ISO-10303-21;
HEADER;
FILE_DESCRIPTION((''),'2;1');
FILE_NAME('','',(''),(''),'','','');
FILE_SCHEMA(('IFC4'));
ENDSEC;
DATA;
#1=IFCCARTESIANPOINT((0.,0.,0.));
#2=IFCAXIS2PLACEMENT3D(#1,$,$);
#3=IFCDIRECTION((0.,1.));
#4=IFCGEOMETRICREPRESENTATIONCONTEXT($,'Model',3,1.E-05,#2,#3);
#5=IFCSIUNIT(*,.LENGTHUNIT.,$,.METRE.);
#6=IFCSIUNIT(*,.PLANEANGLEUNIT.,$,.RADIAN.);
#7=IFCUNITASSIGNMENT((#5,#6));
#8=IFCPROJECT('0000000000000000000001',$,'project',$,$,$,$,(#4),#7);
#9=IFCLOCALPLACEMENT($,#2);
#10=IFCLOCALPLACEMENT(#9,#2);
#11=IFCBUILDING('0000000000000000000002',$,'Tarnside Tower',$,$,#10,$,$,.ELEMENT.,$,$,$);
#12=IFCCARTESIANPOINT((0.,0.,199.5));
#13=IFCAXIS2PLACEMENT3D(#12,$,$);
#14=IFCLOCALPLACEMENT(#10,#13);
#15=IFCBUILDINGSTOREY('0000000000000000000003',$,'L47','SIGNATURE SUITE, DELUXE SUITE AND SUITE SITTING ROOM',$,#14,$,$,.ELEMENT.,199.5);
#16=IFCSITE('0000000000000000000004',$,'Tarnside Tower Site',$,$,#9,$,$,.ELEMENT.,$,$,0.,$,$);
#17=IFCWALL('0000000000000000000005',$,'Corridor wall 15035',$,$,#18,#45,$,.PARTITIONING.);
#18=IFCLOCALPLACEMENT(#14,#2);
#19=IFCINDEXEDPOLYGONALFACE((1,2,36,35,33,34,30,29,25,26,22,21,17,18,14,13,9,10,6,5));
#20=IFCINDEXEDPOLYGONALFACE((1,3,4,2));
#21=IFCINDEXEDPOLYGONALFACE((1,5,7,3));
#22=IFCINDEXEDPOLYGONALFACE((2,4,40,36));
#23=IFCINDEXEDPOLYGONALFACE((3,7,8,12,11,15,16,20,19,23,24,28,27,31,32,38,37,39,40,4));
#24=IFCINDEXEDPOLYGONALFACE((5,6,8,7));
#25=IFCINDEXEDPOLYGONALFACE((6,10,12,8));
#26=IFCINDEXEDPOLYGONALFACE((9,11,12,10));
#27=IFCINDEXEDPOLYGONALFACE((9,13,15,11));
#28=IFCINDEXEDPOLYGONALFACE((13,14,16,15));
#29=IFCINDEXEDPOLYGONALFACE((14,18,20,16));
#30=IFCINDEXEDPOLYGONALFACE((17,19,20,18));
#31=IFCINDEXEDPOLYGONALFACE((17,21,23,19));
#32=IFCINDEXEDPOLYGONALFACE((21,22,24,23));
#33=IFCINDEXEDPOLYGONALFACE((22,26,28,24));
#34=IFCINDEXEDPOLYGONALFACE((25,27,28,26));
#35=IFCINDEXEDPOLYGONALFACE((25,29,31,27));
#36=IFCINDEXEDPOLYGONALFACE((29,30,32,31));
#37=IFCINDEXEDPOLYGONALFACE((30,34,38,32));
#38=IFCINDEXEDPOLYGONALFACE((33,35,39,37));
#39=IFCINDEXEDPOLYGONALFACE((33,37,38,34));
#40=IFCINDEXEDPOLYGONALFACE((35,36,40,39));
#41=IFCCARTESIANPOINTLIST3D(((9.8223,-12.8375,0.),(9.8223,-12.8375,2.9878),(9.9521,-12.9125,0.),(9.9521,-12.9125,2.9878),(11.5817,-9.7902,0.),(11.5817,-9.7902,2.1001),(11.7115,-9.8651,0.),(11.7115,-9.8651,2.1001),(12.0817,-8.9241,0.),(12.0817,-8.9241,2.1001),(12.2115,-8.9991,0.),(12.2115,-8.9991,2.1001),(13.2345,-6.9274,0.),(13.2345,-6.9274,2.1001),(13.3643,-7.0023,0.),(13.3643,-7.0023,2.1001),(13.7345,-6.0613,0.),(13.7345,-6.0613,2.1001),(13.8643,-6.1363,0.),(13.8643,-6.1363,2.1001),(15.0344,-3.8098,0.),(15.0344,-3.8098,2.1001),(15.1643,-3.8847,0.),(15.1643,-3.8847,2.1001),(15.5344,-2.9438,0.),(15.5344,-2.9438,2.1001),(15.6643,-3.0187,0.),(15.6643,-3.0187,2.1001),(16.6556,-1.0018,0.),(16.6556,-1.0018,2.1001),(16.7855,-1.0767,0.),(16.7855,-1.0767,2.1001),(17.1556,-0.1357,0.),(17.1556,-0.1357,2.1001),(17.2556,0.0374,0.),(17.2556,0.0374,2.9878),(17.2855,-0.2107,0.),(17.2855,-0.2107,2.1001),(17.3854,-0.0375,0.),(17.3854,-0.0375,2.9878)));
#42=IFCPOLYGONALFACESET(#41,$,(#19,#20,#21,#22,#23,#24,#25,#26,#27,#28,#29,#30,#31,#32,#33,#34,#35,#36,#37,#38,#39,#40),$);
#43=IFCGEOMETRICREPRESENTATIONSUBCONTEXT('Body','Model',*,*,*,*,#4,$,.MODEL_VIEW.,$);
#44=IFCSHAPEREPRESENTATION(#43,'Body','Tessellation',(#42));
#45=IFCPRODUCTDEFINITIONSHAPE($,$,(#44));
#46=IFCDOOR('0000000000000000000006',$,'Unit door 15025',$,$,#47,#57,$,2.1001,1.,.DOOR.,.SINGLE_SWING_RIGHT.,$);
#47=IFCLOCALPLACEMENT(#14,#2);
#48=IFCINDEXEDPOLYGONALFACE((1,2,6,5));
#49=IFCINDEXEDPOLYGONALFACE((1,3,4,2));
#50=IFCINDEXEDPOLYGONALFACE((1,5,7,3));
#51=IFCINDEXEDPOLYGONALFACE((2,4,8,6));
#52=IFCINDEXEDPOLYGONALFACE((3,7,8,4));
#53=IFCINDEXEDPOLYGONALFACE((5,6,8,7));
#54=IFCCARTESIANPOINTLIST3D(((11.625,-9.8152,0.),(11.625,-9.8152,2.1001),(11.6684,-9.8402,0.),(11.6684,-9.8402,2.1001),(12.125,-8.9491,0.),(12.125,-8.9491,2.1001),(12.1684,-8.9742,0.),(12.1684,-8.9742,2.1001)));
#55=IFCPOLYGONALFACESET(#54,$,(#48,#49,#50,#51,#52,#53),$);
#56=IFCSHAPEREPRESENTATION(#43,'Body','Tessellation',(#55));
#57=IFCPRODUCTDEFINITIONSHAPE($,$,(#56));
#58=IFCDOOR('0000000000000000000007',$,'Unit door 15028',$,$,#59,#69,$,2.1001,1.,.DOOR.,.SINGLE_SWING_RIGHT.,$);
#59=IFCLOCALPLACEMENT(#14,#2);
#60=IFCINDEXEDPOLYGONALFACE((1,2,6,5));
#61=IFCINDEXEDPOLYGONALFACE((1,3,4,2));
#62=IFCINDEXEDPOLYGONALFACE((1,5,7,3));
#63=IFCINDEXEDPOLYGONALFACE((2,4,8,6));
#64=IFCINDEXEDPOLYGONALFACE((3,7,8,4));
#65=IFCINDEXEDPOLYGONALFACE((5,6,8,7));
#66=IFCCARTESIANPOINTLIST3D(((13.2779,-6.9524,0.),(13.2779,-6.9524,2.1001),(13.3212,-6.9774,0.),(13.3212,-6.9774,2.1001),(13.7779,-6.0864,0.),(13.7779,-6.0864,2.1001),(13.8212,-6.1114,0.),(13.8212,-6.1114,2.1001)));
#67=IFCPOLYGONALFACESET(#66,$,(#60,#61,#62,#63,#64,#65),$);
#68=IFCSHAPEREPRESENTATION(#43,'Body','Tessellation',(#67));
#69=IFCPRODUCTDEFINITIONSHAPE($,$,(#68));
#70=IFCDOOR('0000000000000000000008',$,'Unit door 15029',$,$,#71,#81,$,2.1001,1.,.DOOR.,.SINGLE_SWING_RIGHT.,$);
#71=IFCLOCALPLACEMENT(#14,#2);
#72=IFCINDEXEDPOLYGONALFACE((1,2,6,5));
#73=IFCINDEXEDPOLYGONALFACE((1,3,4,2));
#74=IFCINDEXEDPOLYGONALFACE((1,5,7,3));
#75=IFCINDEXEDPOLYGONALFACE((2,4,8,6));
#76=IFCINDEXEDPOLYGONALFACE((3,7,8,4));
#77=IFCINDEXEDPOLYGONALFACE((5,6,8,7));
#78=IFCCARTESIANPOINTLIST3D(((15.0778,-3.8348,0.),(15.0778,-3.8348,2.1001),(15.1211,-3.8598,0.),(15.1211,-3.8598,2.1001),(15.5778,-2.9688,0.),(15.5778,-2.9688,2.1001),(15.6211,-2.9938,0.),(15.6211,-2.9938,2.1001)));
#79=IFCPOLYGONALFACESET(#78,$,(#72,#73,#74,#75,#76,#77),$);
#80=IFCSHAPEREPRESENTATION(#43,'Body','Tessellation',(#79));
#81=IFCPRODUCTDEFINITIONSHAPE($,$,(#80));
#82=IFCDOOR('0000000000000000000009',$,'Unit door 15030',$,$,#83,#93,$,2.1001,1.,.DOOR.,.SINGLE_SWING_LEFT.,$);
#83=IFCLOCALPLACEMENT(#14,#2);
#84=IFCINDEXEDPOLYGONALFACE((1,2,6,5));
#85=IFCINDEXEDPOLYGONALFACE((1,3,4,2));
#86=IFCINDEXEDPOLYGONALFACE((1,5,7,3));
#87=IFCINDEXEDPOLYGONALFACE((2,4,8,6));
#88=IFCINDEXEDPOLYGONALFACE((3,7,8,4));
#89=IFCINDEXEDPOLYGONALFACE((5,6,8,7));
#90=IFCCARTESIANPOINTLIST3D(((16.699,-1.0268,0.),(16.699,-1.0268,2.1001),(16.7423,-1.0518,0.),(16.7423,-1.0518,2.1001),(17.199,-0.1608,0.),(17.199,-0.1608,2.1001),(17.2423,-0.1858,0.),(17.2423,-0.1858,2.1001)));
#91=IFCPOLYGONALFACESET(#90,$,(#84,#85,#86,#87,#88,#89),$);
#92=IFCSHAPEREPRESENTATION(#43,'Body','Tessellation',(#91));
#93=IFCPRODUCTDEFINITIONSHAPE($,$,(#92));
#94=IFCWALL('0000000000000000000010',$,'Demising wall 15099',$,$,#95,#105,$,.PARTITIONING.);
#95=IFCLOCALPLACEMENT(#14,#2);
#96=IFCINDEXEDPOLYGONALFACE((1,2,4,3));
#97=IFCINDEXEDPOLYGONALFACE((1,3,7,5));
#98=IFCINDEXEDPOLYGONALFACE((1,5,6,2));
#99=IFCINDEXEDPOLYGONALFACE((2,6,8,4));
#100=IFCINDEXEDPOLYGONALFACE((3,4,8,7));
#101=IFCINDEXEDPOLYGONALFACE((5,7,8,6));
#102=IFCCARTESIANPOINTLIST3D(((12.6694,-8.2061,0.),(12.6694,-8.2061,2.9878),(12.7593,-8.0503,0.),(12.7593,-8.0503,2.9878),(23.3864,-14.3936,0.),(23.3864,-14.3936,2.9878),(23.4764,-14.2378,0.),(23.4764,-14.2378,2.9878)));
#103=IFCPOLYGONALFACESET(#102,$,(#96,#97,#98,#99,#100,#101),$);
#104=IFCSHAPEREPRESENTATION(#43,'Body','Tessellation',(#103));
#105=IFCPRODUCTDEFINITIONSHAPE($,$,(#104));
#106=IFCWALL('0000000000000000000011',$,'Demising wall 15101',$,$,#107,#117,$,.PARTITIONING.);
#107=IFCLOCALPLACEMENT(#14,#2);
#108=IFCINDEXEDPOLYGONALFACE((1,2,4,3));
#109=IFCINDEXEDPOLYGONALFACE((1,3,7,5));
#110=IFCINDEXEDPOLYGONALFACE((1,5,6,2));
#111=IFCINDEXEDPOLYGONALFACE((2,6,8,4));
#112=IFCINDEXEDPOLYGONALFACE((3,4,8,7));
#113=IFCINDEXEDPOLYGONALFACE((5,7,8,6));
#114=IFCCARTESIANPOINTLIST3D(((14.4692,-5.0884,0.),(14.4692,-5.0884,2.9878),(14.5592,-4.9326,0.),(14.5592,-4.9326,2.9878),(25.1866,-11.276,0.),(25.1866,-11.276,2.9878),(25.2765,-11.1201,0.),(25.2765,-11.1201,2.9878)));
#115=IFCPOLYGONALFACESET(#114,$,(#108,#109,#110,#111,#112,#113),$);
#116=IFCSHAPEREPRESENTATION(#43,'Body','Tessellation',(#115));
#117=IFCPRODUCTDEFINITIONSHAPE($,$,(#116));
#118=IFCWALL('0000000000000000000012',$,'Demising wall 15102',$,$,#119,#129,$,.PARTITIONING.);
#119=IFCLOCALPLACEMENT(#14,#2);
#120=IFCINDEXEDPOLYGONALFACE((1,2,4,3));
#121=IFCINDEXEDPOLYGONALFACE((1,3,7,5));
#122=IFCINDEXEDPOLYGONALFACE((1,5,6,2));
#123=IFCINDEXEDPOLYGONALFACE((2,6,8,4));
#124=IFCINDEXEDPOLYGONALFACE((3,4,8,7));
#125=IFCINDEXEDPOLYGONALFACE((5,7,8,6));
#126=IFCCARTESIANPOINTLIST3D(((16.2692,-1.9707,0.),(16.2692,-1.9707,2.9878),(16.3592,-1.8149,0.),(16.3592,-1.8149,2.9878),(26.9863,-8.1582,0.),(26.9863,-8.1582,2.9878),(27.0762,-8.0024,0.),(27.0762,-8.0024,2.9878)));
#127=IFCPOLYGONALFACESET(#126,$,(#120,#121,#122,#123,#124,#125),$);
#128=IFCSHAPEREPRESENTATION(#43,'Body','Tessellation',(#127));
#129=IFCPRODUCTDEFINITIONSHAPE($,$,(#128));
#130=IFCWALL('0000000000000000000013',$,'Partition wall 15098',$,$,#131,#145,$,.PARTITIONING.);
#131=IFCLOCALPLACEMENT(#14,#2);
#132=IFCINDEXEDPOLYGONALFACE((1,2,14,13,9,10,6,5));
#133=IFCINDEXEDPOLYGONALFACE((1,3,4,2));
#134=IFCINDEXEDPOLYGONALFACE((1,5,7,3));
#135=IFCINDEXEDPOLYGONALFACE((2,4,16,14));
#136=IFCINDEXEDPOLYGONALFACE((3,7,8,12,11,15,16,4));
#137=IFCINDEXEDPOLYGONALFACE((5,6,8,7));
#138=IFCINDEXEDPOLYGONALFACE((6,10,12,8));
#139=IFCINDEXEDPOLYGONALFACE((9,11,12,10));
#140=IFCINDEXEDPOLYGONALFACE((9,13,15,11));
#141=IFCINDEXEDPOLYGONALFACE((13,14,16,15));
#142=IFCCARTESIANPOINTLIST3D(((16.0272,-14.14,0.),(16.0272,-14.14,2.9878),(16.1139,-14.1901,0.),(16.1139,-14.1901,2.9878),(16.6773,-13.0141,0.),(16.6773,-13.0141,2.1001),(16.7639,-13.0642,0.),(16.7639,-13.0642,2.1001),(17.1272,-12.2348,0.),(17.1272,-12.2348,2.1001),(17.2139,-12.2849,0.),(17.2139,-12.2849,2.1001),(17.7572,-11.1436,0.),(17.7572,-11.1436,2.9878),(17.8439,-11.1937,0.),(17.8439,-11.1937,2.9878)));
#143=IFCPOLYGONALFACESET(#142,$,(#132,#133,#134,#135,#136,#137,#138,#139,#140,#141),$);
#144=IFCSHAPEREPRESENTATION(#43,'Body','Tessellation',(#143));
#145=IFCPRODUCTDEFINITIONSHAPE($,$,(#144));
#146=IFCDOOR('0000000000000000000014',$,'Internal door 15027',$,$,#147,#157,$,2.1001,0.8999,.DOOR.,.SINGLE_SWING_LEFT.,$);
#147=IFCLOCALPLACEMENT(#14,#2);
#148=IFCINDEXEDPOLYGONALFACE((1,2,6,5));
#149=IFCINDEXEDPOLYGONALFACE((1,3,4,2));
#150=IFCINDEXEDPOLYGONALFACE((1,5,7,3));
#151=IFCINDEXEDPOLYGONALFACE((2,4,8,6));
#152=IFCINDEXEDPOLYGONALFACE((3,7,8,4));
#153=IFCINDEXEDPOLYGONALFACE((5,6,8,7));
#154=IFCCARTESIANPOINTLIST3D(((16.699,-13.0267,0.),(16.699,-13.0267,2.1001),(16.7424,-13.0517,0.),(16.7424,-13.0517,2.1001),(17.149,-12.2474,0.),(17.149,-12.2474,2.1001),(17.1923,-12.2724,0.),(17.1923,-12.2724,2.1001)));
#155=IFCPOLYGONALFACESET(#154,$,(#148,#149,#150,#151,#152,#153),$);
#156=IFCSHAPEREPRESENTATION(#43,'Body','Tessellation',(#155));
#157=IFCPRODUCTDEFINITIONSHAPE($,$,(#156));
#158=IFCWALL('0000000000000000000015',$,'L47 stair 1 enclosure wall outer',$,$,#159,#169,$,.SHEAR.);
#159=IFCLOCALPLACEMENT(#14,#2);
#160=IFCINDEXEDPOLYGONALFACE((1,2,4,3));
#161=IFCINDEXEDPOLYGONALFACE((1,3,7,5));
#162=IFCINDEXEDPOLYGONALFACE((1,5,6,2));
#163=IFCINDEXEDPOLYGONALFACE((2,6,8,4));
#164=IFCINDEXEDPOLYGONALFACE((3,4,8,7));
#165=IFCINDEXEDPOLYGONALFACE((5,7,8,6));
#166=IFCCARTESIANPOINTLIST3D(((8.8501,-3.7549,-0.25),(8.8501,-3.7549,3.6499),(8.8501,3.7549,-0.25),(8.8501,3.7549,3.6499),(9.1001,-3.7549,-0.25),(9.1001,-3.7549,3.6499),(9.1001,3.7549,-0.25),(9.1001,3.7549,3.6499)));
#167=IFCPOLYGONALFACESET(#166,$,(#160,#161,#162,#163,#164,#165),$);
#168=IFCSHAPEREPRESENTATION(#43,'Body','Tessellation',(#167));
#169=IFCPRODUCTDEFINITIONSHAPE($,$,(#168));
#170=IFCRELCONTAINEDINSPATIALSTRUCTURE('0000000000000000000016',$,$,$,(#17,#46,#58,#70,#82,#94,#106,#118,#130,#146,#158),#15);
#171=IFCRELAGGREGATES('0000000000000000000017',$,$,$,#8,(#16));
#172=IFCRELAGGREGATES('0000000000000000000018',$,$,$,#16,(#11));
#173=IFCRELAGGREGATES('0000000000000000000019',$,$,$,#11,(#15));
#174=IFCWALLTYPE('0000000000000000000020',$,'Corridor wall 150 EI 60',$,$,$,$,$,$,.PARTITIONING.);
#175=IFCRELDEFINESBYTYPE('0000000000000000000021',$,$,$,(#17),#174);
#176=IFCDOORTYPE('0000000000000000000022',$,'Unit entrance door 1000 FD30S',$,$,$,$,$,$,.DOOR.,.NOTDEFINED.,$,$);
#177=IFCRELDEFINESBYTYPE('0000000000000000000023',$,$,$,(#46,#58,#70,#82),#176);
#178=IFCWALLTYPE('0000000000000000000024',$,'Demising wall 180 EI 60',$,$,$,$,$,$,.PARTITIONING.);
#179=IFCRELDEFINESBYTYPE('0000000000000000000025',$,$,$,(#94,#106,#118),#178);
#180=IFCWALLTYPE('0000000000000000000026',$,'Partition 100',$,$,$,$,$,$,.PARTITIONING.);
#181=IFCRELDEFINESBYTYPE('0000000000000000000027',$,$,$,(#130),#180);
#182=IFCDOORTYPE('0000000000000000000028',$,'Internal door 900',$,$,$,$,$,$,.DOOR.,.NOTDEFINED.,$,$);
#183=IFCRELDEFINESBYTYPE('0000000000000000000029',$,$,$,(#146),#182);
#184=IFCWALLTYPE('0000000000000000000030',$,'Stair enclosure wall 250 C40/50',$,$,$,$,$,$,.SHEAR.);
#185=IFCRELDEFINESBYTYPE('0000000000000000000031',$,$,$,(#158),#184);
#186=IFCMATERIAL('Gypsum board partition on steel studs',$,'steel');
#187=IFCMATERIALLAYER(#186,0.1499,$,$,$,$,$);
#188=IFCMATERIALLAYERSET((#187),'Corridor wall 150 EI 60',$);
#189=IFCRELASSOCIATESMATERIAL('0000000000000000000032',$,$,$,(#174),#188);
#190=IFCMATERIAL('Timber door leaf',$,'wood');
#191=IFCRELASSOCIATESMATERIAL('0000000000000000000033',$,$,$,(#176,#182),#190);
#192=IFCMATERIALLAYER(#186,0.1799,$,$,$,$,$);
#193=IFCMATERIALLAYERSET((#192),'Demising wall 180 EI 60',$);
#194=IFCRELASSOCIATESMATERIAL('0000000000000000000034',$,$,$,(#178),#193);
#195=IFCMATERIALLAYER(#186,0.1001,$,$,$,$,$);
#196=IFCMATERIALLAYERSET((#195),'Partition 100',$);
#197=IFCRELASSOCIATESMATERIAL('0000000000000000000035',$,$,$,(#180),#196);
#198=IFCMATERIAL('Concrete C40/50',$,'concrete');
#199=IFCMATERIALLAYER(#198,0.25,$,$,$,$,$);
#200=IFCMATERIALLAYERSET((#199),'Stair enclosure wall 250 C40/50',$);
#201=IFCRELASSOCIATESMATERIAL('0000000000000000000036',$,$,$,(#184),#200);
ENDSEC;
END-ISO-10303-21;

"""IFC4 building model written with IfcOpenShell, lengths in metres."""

from ifc_helpers import new_model, si_unit, direction, frame, frame_2d, origin, place, context, subcontext, project, spatial, rectangle, extrude, material, layer, layer_set, type_object, element, fill, save


model = new_model("IFC4")

# Units and contexts
model_context = context("Model", 3, precision=1e-05, world=origin(), true_north=direction((0.0, 1.0)))
body_context = subcontext(model_context, "Body", "Model", "MODEL_VIEW")
ifc_project = project(units=[si_unit("LENGTHUNIT", "METRE"), si_unit("PLANEANGLEUNIT", "RADIAN")], contexts=[model_context])

# Site, building, storey
site_placement = place(None, origin())
site = spatial("IfcSite", under=ifc_project, at=site_placement, Name="Tarnside Tower Site", CompositionType="ELEMENT", RefElevation=0.0)
building_placement = place(site_placement, origin())
building = spatial("IfcBuilding", under=site, at=building_placement, Name="Tarnside Tower", CompositionType="ELEMENT")
storey_placement = place(building_placement, frame((0.0, 0.0, 199.5)))
storey = spatial("IfcBuildingStorey", under=building, at=storey_placement, Name="L47", Description="SIGNATURE SUITE, DELUXE SUITE AND SUITE SITTING ROOM", CompositionType="ELEMENT", Elevation=199.5)

# Shared definitions
ifc_material_1 = material(Name="Gypsum board partition on steel studs", Category="steel")
ifc_material_2 = material(Name="Timber door leaf", Category="wood")

# Wall, openings, doors
ifc_layer_1 = layer(ifc_material_1, 0.1499)
ifc_layer_set_1 = layer_set([ifc_layer_1], Name="Corridor wall 150 EI 60")
wall_type_1 = type_object("IfcWallType", Name="Corridor wall 150 EI 60", PredefinedType="PARTITIONING", material=ifc_layer_set_1)
wall_1_placement = place(storey_placement, frame((9.8872, -12.875, 0.0), z_axis=(0.0, 0.0, 1.0), x_axis=(0.499998, 0.866026, 0.0)))
wall_1 = element("IfcWall", 1, at=wall_1_placement, inside=storey, type_object=wall_type_1, Name="Corridor wall 15035", PredefinedType="PARTITIONING", context=body_context, shape_type="SweptSolid", body=[
    extrude(rectangle(XDim=14.8667, YDim=0.1499, at=frame_2d((7.4333, 0.0))), origin(), (0.0, 0.0, 1.0), 2.9878),
])
opening_1_placement = place(wall_1_placement, frame((3.5188, 0.0, 0.0)))
opening_1 = element("IfcOpeningElement", 2, at=opening_1_placement, cuts=wall_1, PredefinedType="OPENING", context=body_context, shape_type="SweptSolid", body=[
    extrude(rectangle(XDim=1.0, YDim=2.1001, at=frame_2d((0.5, 1.05))), frame((0.0, 0.085, 0.0), z_axis=(0.0, -1.0, 0.0), x_axis=(1.0, 0.0, 0.0)), (0.0, 0.0, 1.0), 0.1699),
])
opening_2_placement = place(wall_1_placement, frame((6.8245, 0.0, 0.0)))
opening_2 = element("IfcOpeningElement", 3, at=opening_2_placement, cuts=wall_1, PredefinedType="OPENING", context=body_context, shape_type="SweptSolid", body=[
    extrude(rectangle(XDim=1.0, YDim=2.1001, at=frame_2d((0.5, 1.05))), frame((0.0, 0.085, 0.0), z_axis=(0.0, -1.0, 0.0), x_axis=(1.0, 0.0, 0.0)), (0.0, 0.0, 1.0), 0.1699),
])
opening_3_placement = place(wall_1_placement, frame((10.4243, 0.0, 0.0)))
opening_3 = element("IfcOpeningElement", 4, at=opening_3_placement, cuts=wall_1, PredefinedType="OPENING", context=body_context, shape_type="SweptSolid", body=[
    extrude(rectangle(XDim=1.0, YDim=2.1001, at=frame_2d((0.5, 1.05))), frame((0.0, 0.085, 0.0), z_axis=(0.0, -1.0, 0.0), x_axis=(1.0, 0.0, 0.0)), (0.0, 0.0, 1.0), 0.1699),
])
opening_4_placement = place(wall_1_placement, frame((13.6667, 0.0, 0.0)))
opening_4 = element("IfcOpeningElement", 5, at=opening_4_placement, cuts=wall_1, PredefinedType="OPENING", context=body_context, shape_type="SweptSolid", body=[
    extrude(rectangle(XDim=1.0, YDim=2.1001, at=frame_2d((0.5, 1.05))), frame((0.0, 0.085, 0.0), z_axis=(0.0, -1.0, 0.0), x_axis=(1.0, 0.0, 0.0)), (0.0, 0.0, 1.0), 0.1699),
])
door_type_1 = type_object("IfcDoorType", Name="Unit entrance door 1000 FD30S", OperationType="NOTDEFINED", PredefinedType="DOOR", material=ifc_material_2)
door_1_placement = place(opening_1_placement, origin())
door_1 = element("IfcDoor", 6, at=door_1_placement, inside=storey, type_object=door_type_1, Name="Unit door 15025", OperationType="SINGLE_SWING_RIGHT", OverallHeight=2.1001, OverallWidth=1.0, PredefinedType="DOOR", context=body_context, shape_type="SweptSolid", body=[
    extrude(rectangle(XDim=1.0, YDim=2.1001, at=frame_2d((0.5, 1.05))), frame((0.0, 0.0249, 0.0), z_axis=(0.0, -1.0, 0.0), x_axis=(1.0, 0.0, 0.0)), (0.0, 0.0, 1.0), 0.05),
])
fill(opening_1, door_1)
door_2_placement = place(opening_2_placement, origin())
door_2 = element("IfcDoor", 7, at=door_2_placement, inside=storey, type_object=door_type_1, Name="Unit door 15028", OperationType="SINGLE_SWING_RIGHT", OverallHeight=2.1001, OverallWidth=1.0, PredefinedType="DOOR", context=body_context, shape_type="SweptSolid", body=[
    extrude(rectangle(XDim=1.0, YDim=2.1001, at=frame_2d((0.5, 1.05))), frame((0.0, 0.0249, 0.0), z_axis=(0.0, -1.0, 0.0), x_axis=(1.0, 0.0, 0.0)), (0.0, 0.0, 1.0), 0.05),
])
fill(opening_2, door_2)
door_3_placement = place(opening_3_placement, origin())
door_3 = element("IfcDoor", 8, at=door_3_placement, inside=storey, type_object=door_type_1, Name="Unit door 15029", OperationType="SINGLE_SWING_RIGHT", OverallHeight=2.1001, OverallWidth=1.0, PredefinedType="DOOR", context=body_context, shape_type="SweptSolid", body=[
    extrude(rectangle(XDim=1.0, YDim=2.1001, at=frame_2d((0.5, 1.05))), frame((0.0, 0.0249, 0.0), z_axis=(0.0, -1.0, 0.0), x_axis=(1.0, 0.0, 0.0)), (0.0, 0.0, 1.0), 0.05),
])
fill(opening_3, door_3)
door_4_placement = place(opening_4_placement, origin())
door_4 = element("IfcDoor", 9, at=door_4_placement, inside=storey, type_object=door_type_1, Name="Unit door 15030", OperationType="SINGLE_SWING_LEFT", OverallHeight=2.1001, OverallWidth=1.0, PredefinedType="DOOR", context=body_context, shape_type="SweptSolid", body=[
    extrude(rectangle(XDim=1.0, YDim=2.1001, at=frame_2d((0.5, 1.05))), frame((0.0, 0.0249, 0.0), z_axis=(0.0, -1.0, 0.0), x_axis=(1.0, 0.0, 0.0)), (0.0, 0.0, 1.0), 0.05),
])
fill(opening_4, door_4)

# Walls
ifc_layer_2 = layer(ifc_material_1, 0.1799)
ifc_layer_set_2 = layer_set([ifc_layer_2], Name="Demising wall 180 EI 60")
wall_type_2 = type_object("IfcWallType", Name="Demising wall 180 EI 60", PredefinedType="PARTITIONING", material=ifc_layer_set_2)
wall_2_placement = place(storey_placement, frame((23.4314, -14.3157, 0.0), z_axis=(0.0, 0.0, 1.0), x_axis=(-0.866025, 0.500001, 0.0)))
element("IfcWall", 10, at=wall_2_placement, inside=storey, type_object=wall_type_2, Name="Demising wall 15099", PredefinedType="PARTITIONING", context=body_context, shape_type="SweptSolid", body=[
    extrude(rectangle(XDim=12.375, YDim=0.1799, at=frame_2d((6.1875, 0.0))), origin(), (0.0, 0.0, 1.0), 2.9878),
])
wall_3_placement = place(storey_placement, frame((25.2314, -11.198, 0.0), z_axis=(0.0, 0.0, 1.0), x_axis=(-0.86603, 0.499992, 0.0)))
element("IfcWall", 11, at=wall_3_placement, inside=storey, type_object=wall_type_2, Name="Demising wall 15101", PredefinedType="PARTITIONING", context=body_context, shape_type="SweptSolid", body=[
    extrude(rectangle(XDim=12.3752, YDim=0.1799, at=frame_2d((6.1875, 0.0))), origin(), (0.0, 0.0, 1.0), 2.9878),
])
wall_4_placement = place(storey_placement, frame((27.0312, -8.0803, 0.0), z_axis=(0.0, 0.0, 1.0), x_axis=(-0.866025, 0.500001, 0.0)))
element("IfcWall", 12, at=wall_4_placement, inside=storey, type_object=wall_type_2, Name="Demising wall 15102", PredefinedType="PARTITIONING", context=body_context, shape_type="SweptSolid", body=[
    extrude(rectangle(XDim=12.375, YDim=0.1799, at=frame_2d((6.1875, 0.0))), origin(), (0.0, 0.0, 1.0), 2.9878),
])

# Wall, opening, door
ifc_layer_3 = layer(ifc_material_1, 0.1001)
ifc_layer_set_3 = layer_set([ifc_layer_3], Name="Partition 100")
wall_type_3 = type_object("IfcWallType", Name="Partition 100", PredefinedType="PARTITIONING", material=ifc_layer_set_3)
wall_5_placement = place(storey_placement, frame((16.0706, -14.165, 0.0), z_axis=(0.0, 0.0, 1.0), x_axis=(0.50001, 0.86602, 0.0)))
wall_5 = element("IfcWall", 13, at=wall_5_placement, inside=storey, type_object=wall_type_3, Name="Partition wall 15098", PredefinedType="PARTITIONING", context=body_context, shape_type="SweptSolid", body=[
    extrude(rectangle(XDim=3.46, YDim=0.1001, at=frame_2d((1.73, 0.0))), origin(), (0.0, 0.0, 1.0), 2.9878),
])
opening_5_placement = place(wall_5_placement, frame((1.3, 0.0, 0.0)))
opening_5 = element("IfcOpeningElement", 14, at=opening_5_placement, cuts=wall_5, PredefinedType="OPENING", context=body_context, shape_type="SweptSolid", body=[
    extrude(rectangle(XDim=0.8999, YDim=2.1001, at=frame_2d((0.45, 1.05))), frame((0.0, 0.0601, 0.0), z_axis=(0.0, -1.0, 0.0), x_axis=(1.0, 0.0, 0.0)), (0.0, 0.0, 1.0), 0.1201),
])
door_type_2 = type_object("IfcDoorType", Name="Internal door 900", OperationType="NOTDEFINED", PredefinedType="DOOR", material=ifc_material_2)
door_5_placement = place(opening_5_placement, origin())
door_5 = element("IfcDoor", 15, at=door_5_placement, inside=storey, type_object=door_type_2, Name="Internal door 15027", OperationType="SINGLE_SWING_LEFT", OverallHeight=2.1001, OverallWidth=0.8999, PredefinedType="DOOR", context=body_context, shape_type="SweptSolid", body=[
    extrude(rectangle(XDim=0.8999, YDim=2.1001, at=frame_2d((0.45, 1.05))), frame((0.0, 0.0249, 0.0), z_axis=(0.0, -1.0, 0.0), x_axis=(1.0, 0.0, 0.0)), (0.0, 0.0, 1.0), 0.05),
])
fill(opening_5, door_5)

# Wall
ifc_material_3 = material(Name="Concrete C40/50", Category="concrete")
ifc_layer_4 = layer(ifc_material_3, 0.25)
ifc_layer_set_4 = layer_set([ifc_layer_4], Name="Stair enclosure wall 250 C40/50")
wall_type_4 = type_object("IfcWallType", Name="Stair enclosure wall 250 C40/50", PredefinedType="SHEAR", material=ifc_layer_set_4)
wall_6_placement = place(storey_placement, frame((8.9751, -3.7549, -0.25), z_axis=(0.0, 0.0, 1.0), x_axis=(0.0, 1.0, 0.0)))
element("IfcWall", 16, at=wall_6_placement, inside=storey, type_object=wall_type_4, Name="L47 stair 1 enclosure wall outer", PredefinedType="SHEAR", context=body_context, shape_type="SweptSolid", body=[
    extrude(rectangle(XDim=7.5098, YDim=0.25, at=frame_2d((3.7549, 0.0))), origin(), (0.0, 0.0, 1.0), 3.8999),
])

save(model, "model.ifc")
